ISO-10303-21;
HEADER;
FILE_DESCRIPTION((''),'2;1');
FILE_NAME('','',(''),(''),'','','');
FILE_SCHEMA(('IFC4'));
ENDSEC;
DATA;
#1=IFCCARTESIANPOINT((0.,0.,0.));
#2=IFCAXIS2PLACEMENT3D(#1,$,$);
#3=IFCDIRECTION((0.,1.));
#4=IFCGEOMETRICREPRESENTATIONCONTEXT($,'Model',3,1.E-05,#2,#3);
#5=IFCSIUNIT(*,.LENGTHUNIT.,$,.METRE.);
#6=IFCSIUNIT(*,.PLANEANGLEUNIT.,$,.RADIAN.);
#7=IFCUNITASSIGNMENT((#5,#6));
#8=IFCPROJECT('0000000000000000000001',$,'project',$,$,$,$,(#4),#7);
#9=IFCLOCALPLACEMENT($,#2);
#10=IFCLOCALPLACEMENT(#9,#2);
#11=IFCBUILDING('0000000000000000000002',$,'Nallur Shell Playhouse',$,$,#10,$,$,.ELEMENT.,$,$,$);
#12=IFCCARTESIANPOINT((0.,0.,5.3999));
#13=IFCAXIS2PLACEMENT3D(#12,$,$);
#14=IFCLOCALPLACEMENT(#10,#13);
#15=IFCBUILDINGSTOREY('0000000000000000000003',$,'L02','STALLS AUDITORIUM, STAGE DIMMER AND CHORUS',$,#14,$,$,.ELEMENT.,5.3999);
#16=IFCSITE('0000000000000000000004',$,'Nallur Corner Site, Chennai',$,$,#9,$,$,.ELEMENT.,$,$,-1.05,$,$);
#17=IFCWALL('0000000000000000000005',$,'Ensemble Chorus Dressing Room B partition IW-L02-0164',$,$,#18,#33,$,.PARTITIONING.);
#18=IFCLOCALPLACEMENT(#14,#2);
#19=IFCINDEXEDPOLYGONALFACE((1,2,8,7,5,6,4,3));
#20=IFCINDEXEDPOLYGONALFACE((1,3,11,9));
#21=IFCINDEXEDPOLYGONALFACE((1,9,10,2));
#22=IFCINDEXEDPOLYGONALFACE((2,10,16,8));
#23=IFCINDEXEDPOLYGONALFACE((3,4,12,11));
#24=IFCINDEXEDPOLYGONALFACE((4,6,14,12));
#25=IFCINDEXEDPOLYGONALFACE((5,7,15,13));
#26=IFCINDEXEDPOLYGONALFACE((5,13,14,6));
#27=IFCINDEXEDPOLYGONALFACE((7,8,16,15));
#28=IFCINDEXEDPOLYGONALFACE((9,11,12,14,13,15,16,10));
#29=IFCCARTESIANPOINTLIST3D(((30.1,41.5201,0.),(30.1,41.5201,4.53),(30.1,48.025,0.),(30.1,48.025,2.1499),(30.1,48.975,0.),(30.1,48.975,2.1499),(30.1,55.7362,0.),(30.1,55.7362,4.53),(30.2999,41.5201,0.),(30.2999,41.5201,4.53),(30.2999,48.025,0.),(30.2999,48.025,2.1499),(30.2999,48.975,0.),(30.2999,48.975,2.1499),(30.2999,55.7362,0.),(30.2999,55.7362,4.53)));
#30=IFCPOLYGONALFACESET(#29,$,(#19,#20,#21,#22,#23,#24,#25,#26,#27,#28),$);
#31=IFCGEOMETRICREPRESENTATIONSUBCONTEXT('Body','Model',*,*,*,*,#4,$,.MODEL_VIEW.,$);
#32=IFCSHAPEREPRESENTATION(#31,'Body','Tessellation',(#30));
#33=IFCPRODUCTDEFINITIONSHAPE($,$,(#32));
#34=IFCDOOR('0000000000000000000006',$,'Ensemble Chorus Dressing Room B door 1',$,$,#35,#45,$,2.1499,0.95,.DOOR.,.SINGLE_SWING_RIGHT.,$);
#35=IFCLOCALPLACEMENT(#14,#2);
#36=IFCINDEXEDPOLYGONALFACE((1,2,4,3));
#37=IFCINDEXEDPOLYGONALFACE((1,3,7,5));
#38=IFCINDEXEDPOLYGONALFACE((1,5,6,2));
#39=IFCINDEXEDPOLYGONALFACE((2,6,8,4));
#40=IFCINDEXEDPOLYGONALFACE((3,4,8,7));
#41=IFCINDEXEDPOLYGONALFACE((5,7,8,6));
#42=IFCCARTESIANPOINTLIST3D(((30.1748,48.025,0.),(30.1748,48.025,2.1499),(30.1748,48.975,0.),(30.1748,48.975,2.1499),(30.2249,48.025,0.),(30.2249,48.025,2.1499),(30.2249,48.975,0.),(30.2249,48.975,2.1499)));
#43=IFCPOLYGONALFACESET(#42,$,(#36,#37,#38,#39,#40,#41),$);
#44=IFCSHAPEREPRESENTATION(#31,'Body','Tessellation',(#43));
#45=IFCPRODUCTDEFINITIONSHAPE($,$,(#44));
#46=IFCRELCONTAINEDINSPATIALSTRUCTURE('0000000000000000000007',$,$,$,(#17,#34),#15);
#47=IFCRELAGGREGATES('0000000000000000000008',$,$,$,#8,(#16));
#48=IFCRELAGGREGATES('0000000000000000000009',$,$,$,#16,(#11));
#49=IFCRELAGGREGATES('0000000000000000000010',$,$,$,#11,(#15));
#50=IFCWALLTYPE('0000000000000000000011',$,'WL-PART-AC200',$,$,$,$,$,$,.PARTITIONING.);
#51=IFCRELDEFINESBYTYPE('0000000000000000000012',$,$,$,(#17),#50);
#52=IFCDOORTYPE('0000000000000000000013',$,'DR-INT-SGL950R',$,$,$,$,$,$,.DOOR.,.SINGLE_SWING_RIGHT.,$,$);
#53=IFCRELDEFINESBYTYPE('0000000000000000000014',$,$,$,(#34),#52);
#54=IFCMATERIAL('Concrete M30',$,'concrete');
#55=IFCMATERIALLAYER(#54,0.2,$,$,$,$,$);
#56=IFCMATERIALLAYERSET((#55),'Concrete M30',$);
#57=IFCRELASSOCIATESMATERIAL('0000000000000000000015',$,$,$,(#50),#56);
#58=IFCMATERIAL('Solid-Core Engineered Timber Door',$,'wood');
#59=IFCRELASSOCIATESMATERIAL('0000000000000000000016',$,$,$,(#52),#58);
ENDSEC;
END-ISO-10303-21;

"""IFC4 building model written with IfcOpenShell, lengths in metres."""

from ifc_helpers import new_model, si_unit, direction, frame, frame_2d, origin, place, context, subcontext, project, spatial, rectangle, extrude, material, layer, layer_set, type_object, element, fill, save


model = new_model("IFC4")

# Units and contexts
model_context = context("Model", 3, precision=1e-05, world=origin(), true_north=direction((0.0, 1.0)))
body_context = subcontext(model_context, "Body", "Model", "MODEL_VIEW")
ifc_project = project(units=[si_unit("LENGTHUNIT", "METRE"), si_unit("PLANEANGLEUNIT", "RADIAN")], contexts=[model_context])

# Site, building, storey
site_placement = place(None, origin())
site = spatial("IfcSite", under=ifc_project, at=site_placement, Name="Nallur Corner Site, Chennai", CompositionType="ELEMENT", RefElevation=-1.05)
building_placement = place(site_placement, origin())
building = spatial("IfcBuilding", under=site, at=building_placement, Name="Nallur Shell Playhouse", CompositionType="ELEMENT")
storey_placement = place(building_placement, frame((0.0, 0.0, 5.3999)))
storey = spatial("IfcBuildingStorey", under=building, at=storey_placement, Name="L02", Description="STALLS AUDITORIUM, STAGE DIMMER AND CHORUS", CompositionType="ELEMENT", Elevation=5.3999)

# Wall, opening, door
ifc_material_1 = material(Name="Concrete M30", Category="concrete")
ifc_layer_1 = layer(ifc_material_1, 0.2)
ifc_layer_set_1 = layer_set([ifc_layer_1], Name="Concrete M30")
wall_type_1 = type_object("IfcWallType", Name="WL-PART-AC200", PredefinedType="PARTITIONING", material=ifc_layer_set_1)
wall_1_placement = place(storey_placement, frame((30.2, 55.7361, 0.0), z_axis=(0.0, 0.0, 1.0), x_axis=(0.0, -1.0, 0.0)))
wall_1 = element("IfcWall", 1, at=wall_1_placement, inside=storey, type_object=wall_type_1, Name="Ensemble Chorus Dressing Room B partition IW-L02-0164", PredefinedType="PARTITIONING", context=body_context, shape_type="SweptSolid", body=[
    extrude(rectangle(XDim=14.2161, YDim=0.2, at=frame_2d((7.1079, 0.0))), origin(), (0.0, 0.0, 1.0), 4.53),
])
opening_placement = place(wall_1_placement, frame((6.761, 0.0, 0.0)))
opening = element("IfcOpeningElement", 2, at=opening_placement, cuts=wall_1, PredefinedType="OPENING", context=body_context, shape_type="SweptSolid", body=[
    extrude(rectangle(XDim=0.95, YDim=2.1499, at=frame_2d((0.4751, 1.075))), frame((0.0, 0.1099, 0.0), z_axis=(0.0, -1.0, 0.0), x_axis=(1.0, 0.0, 0.0)), (0.0, 0.0, 1.0), 0.22),
])
ifc_material_2 = material(Name="Solid-Core Engineered Timber Door", Category="wood")
door_type = type_object("IfcDoorType", Name="DR-INT-SGL950R", OperationType="SINGLE_SWING_RIGHT", PredefinedType="DOOR", material=ifc_material_2)
door_placement = place(opening_placement, origin())
door = element("IfcDoor", 3, at=door_placement, inside=storey, type_object=door_type, Name="Ensemble Chorus Dressing Room B door 1", OperationType="SINGLE_SWING_RIGHT", OverallHeight=2.1499, OverallWidth=0.95, PredefinedType="DOOR", context=body_context, shape_type="SweptSolid", body=[
    extrude(rectangle(XDim=0.95, YDim=2.1499, at=frame_2d((0.4751, 1.075))), frame((0.0, 0.0249, 0.0), z_axis=(0.0, -1.0, 0.0), x_axis=(1.0, 0.0, 0.0)), (0.0, 0.0, 1.0), 0.05),
])
fill(opening, door)

save(model, "model.ifc")
